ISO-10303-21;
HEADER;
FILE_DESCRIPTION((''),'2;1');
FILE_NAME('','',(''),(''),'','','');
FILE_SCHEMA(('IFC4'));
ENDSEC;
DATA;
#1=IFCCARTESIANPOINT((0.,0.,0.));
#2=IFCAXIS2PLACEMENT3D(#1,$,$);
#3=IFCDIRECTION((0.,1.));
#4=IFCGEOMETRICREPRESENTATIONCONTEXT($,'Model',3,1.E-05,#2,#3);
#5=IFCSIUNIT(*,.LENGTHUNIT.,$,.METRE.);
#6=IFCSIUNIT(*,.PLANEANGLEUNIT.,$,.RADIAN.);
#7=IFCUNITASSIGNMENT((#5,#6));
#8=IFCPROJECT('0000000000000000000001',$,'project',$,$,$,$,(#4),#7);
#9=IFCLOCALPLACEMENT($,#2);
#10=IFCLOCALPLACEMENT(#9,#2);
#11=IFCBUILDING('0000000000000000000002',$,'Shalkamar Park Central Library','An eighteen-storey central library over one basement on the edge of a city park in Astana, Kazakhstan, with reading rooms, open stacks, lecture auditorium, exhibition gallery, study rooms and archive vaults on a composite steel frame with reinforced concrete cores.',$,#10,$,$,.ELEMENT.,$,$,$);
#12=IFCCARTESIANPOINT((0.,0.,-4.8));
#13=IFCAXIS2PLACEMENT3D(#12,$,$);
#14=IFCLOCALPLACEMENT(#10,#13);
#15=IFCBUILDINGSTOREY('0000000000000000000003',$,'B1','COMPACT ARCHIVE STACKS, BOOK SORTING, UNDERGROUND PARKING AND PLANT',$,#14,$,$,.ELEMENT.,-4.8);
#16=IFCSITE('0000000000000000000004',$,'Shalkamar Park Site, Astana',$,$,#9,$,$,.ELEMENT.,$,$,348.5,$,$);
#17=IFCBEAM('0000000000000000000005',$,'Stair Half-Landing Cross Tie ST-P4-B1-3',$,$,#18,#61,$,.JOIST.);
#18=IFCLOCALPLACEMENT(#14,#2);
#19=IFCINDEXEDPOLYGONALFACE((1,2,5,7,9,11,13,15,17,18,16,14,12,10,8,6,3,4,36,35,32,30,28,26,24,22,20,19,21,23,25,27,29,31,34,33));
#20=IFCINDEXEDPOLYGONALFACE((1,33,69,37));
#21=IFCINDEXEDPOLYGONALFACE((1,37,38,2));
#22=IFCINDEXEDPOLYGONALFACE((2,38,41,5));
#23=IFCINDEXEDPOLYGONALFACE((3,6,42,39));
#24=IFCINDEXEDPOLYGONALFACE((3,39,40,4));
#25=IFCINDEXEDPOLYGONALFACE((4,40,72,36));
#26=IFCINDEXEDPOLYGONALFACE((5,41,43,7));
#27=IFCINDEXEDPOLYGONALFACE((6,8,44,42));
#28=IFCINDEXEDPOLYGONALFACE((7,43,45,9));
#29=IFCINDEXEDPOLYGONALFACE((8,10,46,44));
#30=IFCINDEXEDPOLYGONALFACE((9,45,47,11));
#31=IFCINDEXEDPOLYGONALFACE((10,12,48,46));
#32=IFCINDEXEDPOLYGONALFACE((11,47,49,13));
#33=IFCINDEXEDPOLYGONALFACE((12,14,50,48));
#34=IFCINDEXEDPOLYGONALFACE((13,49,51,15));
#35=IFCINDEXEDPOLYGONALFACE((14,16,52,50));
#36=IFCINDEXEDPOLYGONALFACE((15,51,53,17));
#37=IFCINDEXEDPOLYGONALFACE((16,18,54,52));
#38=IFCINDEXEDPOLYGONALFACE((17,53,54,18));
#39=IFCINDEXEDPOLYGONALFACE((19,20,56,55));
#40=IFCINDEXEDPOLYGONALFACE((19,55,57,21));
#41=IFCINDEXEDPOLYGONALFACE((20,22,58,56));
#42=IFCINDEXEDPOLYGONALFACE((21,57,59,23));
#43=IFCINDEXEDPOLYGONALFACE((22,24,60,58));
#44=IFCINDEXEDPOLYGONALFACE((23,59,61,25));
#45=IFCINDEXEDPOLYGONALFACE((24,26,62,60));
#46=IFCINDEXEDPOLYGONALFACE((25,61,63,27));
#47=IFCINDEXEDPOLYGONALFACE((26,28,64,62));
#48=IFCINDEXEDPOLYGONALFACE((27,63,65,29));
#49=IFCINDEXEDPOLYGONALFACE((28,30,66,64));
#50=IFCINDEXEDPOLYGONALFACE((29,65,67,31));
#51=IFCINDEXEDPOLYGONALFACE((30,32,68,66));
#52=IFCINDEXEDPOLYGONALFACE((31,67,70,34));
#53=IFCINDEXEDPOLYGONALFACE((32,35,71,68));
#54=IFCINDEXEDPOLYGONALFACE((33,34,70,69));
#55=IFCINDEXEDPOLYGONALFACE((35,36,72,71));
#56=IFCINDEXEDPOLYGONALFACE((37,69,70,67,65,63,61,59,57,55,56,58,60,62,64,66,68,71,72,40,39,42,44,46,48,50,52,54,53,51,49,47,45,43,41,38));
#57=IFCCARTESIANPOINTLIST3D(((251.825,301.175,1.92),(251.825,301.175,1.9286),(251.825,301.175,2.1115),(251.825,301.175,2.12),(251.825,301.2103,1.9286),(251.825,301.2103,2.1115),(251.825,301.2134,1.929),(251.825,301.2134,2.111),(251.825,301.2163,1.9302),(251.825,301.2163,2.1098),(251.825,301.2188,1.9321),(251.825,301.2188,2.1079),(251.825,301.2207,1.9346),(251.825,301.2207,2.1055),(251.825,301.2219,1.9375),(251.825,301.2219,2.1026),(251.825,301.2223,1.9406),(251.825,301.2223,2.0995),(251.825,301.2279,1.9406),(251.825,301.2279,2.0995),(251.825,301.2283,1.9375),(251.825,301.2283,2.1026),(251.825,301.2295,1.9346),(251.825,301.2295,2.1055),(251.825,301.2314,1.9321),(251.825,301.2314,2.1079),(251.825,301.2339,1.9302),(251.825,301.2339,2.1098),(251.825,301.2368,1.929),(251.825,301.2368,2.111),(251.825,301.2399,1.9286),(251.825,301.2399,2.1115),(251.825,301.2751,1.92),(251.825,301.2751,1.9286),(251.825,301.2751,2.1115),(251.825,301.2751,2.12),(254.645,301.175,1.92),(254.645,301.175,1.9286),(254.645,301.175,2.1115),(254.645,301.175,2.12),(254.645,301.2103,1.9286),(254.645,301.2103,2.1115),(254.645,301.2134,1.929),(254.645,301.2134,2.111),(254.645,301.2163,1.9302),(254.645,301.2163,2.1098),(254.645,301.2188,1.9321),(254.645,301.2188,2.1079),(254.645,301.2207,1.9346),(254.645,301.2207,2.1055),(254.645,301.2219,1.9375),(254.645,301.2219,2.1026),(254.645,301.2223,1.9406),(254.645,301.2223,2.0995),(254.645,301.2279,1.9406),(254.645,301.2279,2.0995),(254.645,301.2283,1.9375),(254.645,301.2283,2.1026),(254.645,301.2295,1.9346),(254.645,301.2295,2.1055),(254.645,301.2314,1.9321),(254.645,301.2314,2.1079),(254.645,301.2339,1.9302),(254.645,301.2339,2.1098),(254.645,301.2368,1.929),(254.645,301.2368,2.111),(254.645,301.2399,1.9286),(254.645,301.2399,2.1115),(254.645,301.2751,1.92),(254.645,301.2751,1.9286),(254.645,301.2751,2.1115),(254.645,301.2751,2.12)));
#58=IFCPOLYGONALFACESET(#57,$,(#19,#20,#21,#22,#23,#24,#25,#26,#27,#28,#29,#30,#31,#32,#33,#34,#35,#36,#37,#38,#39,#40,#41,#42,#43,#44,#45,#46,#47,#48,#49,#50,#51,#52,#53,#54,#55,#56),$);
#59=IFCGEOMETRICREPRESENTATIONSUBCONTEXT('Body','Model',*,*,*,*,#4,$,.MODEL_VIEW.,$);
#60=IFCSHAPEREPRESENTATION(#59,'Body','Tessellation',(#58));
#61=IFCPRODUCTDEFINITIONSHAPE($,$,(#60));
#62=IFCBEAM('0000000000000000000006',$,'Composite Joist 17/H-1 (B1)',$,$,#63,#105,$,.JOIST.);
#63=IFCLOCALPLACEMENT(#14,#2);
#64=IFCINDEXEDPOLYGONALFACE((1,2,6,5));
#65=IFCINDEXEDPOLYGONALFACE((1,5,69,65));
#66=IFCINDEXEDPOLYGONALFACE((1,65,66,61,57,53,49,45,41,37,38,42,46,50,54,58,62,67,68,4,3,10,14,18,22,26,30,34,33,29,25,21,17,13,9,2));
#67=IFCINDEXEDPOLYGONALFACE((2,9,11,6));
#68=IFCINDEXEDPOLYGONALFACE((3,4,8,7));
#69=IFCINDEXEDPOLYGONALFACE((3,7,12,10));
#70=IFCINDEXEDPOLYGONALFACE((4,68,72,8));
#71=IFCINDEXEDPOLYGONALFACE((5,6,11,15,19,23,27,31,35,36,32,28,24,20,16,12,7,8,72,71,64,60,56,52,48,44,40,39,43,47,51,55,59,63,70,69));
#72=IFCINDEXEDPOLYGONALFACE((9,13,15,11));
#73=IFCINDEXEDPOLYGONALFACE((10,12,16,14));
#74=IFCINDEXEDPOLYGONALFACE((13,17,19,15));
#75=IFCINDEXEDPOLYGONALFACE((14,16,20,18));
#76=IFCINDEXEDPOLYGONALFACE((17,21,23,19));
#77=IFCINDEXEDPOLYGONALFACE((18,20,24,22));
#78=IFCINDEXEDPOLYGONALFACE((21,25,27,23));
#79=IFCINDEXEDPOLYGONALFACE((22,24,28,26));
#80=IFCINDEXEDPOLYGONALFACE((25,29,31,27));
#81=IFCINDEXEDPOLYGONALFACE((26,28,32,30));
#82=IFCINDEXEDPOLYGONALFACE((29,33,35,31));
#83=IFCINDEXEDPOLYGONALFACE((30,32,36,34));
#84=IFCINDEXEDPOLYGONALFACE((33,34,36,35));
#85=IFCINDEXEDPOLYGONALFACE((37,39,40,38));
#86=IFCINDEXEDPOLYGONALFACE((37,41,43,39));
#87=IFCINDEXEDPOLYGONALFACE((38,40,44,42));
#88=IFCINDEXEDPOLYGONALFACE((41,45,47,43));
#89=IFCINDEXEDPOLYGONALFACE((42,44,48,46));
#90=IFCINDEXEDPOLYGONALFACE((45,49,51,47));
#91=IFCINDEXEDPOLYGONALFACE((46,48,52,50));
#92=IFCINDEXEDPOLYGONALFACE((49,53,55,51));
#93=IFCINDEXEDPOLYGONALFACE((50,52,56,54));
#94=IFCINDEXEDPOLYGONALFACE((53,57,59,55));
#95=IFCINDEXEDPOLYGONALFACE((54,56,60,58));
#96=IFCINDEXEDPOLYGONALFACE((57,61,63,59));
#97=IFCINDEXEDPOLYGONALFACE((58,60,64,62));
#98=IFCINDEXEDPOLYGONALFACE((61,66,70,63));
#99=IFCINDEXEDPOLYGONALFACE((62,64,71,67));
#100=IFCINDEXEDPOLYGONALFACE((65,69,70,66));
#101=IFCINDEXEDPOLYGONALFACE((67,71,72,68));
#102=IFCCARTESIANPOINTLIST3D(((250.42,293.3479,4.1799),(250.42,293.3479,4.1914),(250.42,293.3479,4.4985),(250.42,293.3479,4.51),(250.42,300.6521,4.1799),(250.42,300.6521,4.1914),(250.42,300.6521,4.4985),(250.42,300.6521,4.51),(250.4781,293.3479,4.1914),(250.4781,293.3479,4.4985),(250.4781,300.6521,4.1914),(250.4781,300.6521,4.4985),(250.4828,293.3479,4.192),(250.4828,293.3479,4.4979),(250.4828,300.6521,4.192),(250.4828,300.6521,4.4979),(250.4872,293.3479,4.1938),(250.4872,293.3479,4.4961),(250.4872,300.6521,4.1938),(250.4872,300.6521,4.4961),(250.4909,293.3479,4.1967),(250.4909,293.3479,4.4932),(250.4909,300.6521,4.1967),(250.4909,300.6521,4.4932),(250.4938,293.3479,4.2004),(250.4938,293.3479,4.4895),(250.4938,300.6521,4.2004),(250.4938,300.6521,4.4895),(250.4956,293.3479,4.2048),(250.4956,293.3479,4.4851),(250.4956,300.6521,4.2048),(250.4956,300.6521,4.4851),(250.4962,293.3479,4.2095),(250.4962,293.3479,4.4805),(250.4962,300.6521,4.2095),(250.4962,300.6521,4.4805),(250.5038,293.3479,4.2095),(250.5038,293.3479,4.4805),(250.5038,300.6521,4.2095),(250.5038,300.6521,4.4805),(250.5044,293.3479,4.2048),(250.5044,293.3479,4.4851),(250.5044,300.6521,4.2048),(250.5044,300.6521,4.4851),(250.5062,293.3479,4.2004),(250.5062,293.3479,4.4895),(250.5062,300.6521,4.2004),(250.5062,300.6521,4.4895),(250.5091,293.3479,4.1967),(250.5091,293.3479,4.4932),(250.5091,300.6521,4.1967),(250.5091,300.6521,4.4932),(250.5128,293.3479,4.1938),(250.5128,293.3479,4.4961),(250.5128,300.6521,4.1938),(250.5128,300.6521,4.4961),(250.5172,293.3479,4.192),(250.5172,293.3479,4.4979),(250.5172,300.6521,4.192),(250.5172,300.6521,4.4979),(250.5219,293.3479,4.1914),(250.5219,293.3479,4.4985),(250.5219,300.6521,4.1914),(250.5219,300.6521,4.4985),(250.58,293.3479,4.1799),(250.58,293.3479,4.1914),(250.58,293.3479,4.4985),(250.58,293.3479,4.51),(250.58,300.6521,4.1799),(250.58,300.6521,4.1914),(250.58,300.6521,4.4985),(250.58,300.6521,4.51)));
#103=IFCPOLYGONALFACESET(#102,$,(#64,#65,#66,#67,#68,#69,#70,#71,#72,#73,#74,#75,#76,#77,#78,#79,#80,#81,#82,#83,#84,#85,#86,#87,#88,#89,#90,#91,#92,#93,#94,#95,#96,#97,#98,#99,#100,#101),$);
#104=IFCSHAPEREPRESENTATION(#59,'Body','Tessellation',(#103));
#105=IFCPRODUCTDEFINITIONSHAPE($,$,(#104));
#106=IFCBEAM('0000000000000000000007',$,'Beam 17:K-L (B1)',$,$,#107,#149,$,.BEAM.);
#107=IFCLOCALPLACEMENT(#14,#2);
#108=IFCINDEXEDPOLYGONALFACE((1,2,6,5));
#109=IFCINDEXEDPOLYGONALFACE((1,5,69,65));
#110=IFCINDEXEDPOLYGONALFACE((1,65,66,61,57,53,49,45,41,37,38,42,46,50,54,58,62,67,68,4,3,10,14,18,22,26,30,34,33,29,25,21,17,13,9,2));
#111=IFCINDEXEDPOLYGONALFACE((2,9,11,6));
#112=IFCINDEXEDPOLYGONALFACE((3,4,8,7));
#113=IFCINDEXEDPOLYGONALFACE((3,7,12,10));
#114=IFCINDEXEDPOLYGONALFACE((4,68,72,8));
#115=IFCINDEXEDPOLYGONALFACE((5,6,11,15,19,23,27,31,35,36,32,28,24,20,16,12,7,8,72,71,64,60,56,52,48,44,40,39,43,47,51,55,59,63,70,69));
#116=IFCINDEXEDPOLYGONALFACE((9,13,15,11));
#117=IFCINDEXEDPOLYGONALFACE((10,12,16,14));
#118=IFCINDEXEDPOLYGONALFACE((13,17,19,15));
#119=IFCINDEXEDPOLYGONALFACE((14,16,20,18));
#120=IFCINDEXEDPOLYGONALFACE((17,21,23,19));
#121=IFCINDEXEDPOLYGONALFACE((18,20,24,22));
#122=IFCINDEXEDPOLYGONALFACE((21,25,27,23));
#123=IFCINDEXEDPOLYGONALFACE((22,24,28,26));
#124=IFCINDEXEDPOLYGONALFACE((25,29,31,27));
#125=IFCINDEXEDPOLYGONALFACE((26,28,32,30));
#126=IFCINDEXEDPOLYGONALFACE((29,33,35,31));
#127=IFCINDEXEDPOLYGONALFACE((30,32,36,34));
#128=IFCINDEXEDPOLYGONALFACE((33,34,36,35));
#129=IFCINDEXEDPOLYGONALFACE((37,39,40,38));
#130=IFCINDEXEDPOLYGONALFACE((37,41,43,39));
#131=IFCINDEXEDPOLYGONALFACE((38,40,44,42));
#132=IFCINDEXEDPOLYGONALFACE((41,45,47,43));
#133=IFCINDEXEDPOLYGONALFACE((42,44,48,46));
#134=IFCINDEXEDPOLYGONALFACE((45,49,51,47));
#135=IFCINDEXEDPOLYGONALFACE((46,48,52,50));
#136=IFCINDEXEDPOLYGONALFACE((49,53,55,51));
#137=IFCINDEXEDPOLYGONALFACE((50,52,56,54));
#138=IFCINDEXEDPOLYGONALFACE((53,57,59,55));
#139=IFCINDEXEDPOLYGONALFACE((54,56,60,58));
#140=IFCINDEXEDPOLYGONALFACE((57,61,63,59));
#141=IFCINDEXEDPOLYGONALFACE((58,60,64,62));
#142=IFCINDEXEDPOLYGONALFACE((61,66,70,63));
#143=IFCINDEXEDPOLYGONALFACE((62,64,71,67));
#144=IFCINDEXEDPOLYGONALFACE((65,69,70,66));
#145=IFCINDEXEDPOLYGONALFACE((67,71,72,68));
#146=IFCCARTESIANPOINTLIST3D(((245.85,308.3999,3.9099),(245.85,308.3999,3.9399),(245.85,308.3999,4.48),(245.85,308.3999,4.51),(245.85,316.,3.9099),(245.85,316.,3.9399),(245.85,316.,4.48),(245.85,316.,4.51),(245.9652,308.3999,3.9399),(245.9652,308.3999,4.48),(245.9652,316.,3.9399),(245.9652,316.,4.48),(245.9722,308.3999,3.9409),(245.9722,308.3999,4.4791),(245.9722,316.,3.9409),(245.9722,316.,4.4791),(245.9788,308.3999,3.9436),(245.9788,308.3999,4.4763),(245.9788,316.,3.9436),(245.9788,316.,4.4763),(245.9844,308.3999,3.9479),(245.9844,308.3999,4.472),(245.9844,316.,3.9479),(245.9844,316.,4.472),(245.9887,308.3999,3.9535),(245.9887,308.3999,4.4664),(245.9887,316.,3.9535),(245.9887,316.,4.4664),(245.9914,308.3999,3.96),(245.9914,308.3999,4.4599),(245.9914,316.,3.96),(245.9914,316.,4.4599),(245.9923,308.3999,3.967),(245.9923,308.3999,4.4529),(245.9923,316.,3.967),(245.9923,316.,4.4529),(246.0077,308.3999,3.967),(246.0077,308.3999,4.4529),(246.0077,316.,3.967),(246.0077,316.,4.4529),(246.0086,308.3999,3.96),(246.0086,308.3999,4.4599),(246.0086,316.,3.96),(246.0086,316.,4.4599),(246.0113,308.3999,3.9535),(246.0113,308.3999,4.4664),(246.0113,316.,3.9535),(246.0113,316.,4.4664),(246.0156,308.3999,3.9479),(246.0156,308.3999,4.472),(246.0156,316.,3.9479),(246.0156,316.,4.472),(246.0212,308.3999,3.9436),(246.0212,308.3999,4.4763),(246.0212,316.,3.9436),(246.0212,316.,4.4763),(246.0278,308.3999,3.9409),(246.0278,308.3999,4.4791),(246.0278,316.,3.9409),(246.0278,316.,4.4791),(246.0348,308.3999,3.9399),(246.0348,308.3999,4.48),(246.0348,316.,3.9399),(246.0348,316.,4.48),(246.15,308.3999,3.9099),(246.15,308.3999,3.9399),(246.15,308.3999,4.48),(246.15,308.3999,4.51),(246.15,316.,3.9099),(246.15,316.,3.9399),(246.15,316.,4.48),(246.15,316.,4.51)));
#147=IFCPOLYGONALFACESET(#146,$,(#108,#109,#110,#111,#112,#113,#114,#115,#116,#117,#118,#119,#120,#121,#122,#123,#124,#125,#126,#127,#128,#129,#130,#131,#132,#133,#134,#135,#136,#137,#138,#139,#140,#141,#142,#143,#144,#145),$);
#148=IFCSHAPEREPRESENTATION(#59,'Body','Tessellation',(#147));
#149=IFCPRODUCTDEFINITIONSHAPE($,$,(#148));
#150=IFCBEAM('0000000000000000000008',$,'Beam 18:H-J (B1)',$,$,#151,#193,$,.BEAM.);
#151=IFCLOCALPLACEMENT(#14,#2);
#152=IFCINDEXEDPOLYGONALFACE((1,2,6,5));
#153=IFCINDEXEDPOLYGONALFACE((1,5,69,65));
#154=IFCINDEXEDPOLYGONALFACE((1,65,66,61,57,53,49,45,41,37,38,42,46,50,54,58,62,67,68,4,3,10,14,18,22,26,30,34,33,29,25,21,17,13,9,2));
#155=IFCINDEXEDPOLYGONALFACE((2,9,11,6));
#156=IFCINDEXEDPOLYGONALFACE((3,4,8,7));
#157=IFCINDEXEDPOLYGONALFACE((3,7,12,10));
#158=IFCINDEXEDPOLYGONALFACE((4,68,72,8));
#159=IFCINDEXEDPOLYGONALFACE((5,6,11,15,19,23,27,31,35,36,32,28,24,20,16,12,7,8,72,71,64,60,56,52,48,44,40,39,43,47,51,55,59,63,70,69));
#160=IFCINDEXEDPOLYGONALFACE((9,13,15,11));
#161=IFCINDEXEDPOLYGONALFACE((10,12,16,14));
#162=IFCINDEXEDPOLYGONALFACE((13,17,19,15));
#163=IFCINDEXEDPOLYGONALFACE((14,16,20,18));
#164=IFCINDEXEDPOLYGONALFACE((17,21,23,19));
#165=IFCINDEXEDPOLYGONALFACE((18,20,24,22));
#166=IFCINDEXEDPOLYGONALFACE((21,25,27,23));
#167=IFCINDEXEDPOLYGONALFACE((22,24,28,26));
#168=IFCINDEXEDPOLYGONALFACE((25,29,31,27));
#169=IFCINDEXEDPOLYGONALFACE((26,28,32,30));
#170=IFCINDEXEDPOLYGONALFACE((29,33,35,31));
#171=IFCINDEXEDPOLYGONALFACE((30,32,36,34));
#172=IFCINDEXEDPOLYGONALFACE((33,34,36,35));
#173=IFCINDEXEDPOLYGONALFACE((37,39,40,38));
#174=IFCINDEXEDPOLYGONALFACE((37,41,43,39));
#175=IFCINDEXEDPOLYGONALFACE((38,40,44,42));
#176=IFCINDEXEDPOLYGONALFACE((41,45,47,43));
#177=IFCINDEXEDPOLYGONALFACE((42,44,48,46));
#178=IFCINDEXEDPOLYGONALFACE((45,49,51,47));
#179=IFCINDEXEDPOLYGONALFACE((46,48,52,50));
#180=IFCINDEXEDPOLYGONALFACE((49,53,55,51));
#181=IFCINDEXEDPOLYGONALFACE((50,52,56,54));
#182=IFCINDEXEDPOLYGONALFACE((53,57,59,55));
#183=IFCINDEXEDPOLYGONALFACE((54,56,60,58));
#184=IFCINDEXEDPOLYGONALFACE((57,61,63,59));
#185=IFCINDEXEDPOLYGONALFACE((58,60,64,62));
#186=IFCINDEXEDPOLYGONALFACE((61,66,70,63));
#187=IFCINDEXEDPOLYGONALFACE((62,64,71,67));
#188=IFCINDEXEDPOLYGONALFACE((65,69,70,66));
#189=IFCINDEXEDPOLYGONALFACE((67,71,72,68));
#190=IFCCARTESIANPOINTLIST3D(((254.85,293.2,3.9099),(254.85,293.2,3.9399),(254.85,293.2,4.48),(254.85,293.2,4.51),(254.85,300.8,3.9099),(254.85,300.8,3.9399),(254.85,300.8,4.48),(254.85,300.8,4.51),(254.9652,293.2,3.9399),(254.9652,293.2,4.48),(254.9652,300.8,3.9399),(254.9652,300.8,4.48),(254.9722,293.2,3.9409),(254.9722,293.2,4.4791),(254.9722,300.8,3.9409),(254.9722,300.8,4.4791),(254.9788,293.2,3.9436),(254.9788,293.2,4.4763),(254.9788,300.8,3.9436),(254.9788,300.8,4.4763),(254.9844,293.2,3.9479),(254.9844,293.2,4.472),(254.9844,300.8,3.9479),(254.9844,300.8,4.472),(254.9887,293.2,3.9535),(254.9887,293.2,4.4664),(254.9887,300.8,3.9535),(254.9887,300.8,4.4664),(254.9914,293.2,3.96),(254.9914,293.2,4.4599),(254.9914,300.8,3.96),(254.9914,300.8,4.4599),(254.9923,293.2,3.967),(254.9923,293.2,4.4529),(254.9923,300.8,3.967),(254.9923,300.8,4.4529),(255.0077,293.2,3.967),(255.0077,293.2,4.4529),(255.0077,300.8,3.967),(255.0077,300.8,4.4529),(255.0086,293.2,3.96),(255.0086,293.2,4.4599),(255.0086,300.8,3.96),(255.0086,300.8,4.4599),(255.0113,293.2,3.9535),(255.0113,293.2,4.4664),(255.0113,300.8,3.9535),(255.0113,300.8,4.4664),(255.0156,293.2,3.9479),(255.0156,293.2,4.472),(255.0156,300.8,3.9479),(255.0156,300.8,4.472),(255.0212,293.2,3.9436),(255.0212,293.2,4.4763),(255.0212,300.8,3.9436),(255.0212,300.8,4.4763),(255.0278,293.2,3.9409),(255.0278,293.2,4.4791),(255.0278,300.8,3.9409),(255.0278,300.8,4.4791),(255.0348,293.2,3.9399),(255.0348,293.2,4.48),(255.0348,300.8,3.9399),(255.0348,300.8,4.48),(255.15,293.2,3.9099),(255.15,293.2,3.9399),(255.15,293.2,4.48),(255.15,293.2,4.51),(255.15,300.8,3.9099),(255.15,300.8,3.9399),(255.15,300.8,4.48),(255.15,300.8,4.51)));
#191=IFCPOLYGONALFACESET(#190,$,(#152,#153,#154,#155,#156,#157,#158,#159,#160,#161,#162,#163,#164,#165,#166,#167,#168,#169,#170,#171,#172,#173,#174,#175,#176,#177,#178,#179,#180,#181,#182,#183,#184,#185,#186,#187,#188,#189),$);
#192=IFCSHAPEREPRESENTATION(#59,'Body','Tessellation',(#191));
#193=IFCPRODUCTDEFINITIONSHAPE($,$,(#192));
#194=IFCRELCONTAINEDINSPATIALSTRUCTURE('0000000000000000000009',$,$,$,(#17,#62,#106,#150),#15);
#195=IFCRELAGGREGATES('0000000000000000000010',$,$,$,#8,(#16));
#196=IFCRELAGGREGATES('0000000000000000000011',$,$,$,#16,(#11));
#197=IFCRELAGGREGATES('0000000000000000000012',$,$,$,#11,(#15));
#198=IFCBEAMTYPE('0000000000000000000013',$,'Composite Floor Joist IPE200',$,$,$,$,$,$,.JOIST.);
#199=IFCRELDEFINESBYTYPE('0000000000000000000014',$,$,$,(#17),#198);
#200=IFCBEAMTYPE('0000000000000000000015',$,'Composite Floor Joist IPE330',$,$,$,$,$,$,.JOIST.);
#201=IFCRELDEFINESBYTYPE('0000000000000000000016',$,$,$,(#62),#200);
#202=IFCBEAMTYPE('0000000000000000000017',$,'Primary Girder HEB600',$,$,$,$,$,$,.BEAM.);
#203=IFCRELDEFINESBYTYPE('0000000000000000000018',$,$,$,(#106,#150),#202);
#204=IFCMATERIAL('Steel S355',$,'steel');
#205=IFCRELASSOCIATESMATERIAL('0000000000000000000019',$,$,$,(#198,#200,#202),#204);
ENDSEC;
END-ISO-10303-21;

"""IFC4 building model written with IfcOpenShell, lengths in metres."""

from ifc_helpers import new_model, si_unit, direction, frame, origin, origin_2d, place, context, subcontext, project, spatial, i_section, extrude, material, material_profile, profile_set, type_object, element, save


model = new_model("IFC4")

# Units and contexts
model_context = context("Model", 3, precision=1e-05, world=origin(), true_north=direction((0.0, 1.0)))
body_context = subcontext(model_context, "Body", "Model", "MODEL_VIEW")
ifc_project = project(units=[si_unit("LENGTHUNIT", "METRE"), si_unit("PLANEANGLEUNIT", "RADIAN")], contexts=[model_context])

# Site, building, storey
site_placement = place(None, origin())
site = spatial("IfcSite", under=ifc_project, at=site_placement, Name="Shalkamar Park Site, Astana", CompositionType="ELEMENT", RefElevation=348.5)
building_placement = place(site_placement, origin())
building = spatial("IfcBuilding", under=site, at=building_placement, Name="Shalkamar Park Central Library", Description="An eighteen-storey central library over one basement on the edge of a city park in Astana, Kazakhstan, with reading rooms, open stacks, lecture auditorium, exhibition gallery, study rooms and archive vaults on a composite steel frame with reinforced concrete cores.", CompositionType="ELEMENT")
storey_placement = place(building_placement, frame((0.0, 0.0, -4.8)))
storey = spatial("IfcBuildingStorey", under=building, at=storey_placement, Name="B1", Description="COMPACT ARCHIVE STACKS, BOOK SORTING, UNDERGROUND PARKING AND PLANT", CompositionType="ELEMENT", Elevation=-4.8)

# Shared definitions
ifc_material_1 = material(Name="Steel S355", Category="steel")

# Beams
ifc_material_profile_1 = material_profile(ifc_material_1, i_section(OverallWidth=0.1001, OverallDepth=0.2, WebThickness=0.0056, FlangeThickness=0.0085, FilletRadius=0.012, at=origin_2d()), Name="IPE 200")
ifc_profile_set_1 = profile_set([ifc_material_profile_1], Name="Steel S355")
beam_type_1 = type_object("IfcBeamType", Name="Composite Floor Joist IPE200", PredefinedType="JOIST", material=ifc_profile_set_1)
beam_1_placement = place(storey_placement, frame((251.825, 301.2251, 2.02), z_axis=(1.0, 0.0, 0.0), x_axis=(0.0, 1.0, 0.0)))
element("IfcBeam", 1, at=beam_1_placement, inside=storey, type_object=beam_type_1, Name="Stair Half-Landing Cross Tie ST-P4-B1-3", PredefinedType="JOIST", context=body_context, shape_type="SweptSolid", body=[
    extrude(i_section(OverallWidth=0.1001, OverallDepth=0.2, WebThickness=0.0056, FlangeThickness=0.0085, FilletRadius=0.012, at=origin_2d()), origin(), (0.0, 0.0, 1.0), 2.8201),
])
ifc_material_profile_2 = material_profile(ifc_material_1, i_section(OverallWidth=0.1599, OverallDepth=0.3301, WebThickness=0.0076, FlangeThickness=0.0115, FilletRadius=0.0181, at=origin_2d()), Name="IPE 330")
ifc_profile_set_2 = profile_set([ifc_material_profile_2], Name="Steel S355")
beam_type_2 = type_object("IfcBeamType", Name="Composite Floor Joist IPE330", PredefinedType="JOIST", material=ifc_profile_set_2)
beam_2_placement = place(storey_placement, frame((250.5, 293.3479, 4.345), z_axis=(0.0, 1.0, 0.0), x_axis=(-1.0, 0.0, 0.0)))
element("IfcBeam", 2, at=beam_2_placement, inside=storey, type_object=beam_type_2, Name="Composite Joist 17/H-1 (B1)", PredefinedType="JOIST", context=body_context, shape_type="SweptSolid", body=[
    extrude(i_section(OverallWidth=0.1599, OverallDepth=0.3301, WebThickness=0.0076, FlangeThickness=0.0115, FilletRadius=0.0181, at=origin_2d()), origin(), (0.0, 0.0, 1.0), 7.3042),
])
ifc_material_profile_3 = material_profile(ifc_material_1, i_section(OverallWidth=0.3, OverallDepth=0.6001, WebThickness=0.0154, FlangeThickness=0.03, FilletRadius=0.0271, at=origin_2d()), Name="HEB 600")
ifc_profile_set_3 = profile_set([ifc_material_profile_3], Name="Steel S355")
beam_type_3 = type_object("IfcBeamType", Name="Primary Girder HEB600", PredefinedType="BEAM", material=ifc_profile_set_3)
for number, where, z_axis, x_axis, name in (
    (3, (246.0, 308.3999, 4.21), (0.0, 1.0, 0.0), (-1.0, 0.0, 0.0), "Beam 17:K-L (B1)"),
    (4, (255.0, 293.2, 4.21), (0.0, 1.0, 0.0), (-1.0, 0.0, 0.0), "Beam 18:H-J (B1)"),
):
    element("IfcBeam", number, at=place(storey_placement, frame(where, z_axis=z_axis, x_axis=x_axis)), inside=storey, type_object=beam_type_3, Name=name, PredefinedType="BEAM", context=body_context, shape_type="SweptSolid", body=[
        extrude(i_section(OverallWidth=0.3, OverallDepth=0.6001, WebThickness=0.0154, FlangeThickness=0.03, FilletRadius=0.0271, at=origin_2d()), origin(), (0.0, 0.0, 1.0), 7.6001),
    ])

save(model, "model.ifc")
